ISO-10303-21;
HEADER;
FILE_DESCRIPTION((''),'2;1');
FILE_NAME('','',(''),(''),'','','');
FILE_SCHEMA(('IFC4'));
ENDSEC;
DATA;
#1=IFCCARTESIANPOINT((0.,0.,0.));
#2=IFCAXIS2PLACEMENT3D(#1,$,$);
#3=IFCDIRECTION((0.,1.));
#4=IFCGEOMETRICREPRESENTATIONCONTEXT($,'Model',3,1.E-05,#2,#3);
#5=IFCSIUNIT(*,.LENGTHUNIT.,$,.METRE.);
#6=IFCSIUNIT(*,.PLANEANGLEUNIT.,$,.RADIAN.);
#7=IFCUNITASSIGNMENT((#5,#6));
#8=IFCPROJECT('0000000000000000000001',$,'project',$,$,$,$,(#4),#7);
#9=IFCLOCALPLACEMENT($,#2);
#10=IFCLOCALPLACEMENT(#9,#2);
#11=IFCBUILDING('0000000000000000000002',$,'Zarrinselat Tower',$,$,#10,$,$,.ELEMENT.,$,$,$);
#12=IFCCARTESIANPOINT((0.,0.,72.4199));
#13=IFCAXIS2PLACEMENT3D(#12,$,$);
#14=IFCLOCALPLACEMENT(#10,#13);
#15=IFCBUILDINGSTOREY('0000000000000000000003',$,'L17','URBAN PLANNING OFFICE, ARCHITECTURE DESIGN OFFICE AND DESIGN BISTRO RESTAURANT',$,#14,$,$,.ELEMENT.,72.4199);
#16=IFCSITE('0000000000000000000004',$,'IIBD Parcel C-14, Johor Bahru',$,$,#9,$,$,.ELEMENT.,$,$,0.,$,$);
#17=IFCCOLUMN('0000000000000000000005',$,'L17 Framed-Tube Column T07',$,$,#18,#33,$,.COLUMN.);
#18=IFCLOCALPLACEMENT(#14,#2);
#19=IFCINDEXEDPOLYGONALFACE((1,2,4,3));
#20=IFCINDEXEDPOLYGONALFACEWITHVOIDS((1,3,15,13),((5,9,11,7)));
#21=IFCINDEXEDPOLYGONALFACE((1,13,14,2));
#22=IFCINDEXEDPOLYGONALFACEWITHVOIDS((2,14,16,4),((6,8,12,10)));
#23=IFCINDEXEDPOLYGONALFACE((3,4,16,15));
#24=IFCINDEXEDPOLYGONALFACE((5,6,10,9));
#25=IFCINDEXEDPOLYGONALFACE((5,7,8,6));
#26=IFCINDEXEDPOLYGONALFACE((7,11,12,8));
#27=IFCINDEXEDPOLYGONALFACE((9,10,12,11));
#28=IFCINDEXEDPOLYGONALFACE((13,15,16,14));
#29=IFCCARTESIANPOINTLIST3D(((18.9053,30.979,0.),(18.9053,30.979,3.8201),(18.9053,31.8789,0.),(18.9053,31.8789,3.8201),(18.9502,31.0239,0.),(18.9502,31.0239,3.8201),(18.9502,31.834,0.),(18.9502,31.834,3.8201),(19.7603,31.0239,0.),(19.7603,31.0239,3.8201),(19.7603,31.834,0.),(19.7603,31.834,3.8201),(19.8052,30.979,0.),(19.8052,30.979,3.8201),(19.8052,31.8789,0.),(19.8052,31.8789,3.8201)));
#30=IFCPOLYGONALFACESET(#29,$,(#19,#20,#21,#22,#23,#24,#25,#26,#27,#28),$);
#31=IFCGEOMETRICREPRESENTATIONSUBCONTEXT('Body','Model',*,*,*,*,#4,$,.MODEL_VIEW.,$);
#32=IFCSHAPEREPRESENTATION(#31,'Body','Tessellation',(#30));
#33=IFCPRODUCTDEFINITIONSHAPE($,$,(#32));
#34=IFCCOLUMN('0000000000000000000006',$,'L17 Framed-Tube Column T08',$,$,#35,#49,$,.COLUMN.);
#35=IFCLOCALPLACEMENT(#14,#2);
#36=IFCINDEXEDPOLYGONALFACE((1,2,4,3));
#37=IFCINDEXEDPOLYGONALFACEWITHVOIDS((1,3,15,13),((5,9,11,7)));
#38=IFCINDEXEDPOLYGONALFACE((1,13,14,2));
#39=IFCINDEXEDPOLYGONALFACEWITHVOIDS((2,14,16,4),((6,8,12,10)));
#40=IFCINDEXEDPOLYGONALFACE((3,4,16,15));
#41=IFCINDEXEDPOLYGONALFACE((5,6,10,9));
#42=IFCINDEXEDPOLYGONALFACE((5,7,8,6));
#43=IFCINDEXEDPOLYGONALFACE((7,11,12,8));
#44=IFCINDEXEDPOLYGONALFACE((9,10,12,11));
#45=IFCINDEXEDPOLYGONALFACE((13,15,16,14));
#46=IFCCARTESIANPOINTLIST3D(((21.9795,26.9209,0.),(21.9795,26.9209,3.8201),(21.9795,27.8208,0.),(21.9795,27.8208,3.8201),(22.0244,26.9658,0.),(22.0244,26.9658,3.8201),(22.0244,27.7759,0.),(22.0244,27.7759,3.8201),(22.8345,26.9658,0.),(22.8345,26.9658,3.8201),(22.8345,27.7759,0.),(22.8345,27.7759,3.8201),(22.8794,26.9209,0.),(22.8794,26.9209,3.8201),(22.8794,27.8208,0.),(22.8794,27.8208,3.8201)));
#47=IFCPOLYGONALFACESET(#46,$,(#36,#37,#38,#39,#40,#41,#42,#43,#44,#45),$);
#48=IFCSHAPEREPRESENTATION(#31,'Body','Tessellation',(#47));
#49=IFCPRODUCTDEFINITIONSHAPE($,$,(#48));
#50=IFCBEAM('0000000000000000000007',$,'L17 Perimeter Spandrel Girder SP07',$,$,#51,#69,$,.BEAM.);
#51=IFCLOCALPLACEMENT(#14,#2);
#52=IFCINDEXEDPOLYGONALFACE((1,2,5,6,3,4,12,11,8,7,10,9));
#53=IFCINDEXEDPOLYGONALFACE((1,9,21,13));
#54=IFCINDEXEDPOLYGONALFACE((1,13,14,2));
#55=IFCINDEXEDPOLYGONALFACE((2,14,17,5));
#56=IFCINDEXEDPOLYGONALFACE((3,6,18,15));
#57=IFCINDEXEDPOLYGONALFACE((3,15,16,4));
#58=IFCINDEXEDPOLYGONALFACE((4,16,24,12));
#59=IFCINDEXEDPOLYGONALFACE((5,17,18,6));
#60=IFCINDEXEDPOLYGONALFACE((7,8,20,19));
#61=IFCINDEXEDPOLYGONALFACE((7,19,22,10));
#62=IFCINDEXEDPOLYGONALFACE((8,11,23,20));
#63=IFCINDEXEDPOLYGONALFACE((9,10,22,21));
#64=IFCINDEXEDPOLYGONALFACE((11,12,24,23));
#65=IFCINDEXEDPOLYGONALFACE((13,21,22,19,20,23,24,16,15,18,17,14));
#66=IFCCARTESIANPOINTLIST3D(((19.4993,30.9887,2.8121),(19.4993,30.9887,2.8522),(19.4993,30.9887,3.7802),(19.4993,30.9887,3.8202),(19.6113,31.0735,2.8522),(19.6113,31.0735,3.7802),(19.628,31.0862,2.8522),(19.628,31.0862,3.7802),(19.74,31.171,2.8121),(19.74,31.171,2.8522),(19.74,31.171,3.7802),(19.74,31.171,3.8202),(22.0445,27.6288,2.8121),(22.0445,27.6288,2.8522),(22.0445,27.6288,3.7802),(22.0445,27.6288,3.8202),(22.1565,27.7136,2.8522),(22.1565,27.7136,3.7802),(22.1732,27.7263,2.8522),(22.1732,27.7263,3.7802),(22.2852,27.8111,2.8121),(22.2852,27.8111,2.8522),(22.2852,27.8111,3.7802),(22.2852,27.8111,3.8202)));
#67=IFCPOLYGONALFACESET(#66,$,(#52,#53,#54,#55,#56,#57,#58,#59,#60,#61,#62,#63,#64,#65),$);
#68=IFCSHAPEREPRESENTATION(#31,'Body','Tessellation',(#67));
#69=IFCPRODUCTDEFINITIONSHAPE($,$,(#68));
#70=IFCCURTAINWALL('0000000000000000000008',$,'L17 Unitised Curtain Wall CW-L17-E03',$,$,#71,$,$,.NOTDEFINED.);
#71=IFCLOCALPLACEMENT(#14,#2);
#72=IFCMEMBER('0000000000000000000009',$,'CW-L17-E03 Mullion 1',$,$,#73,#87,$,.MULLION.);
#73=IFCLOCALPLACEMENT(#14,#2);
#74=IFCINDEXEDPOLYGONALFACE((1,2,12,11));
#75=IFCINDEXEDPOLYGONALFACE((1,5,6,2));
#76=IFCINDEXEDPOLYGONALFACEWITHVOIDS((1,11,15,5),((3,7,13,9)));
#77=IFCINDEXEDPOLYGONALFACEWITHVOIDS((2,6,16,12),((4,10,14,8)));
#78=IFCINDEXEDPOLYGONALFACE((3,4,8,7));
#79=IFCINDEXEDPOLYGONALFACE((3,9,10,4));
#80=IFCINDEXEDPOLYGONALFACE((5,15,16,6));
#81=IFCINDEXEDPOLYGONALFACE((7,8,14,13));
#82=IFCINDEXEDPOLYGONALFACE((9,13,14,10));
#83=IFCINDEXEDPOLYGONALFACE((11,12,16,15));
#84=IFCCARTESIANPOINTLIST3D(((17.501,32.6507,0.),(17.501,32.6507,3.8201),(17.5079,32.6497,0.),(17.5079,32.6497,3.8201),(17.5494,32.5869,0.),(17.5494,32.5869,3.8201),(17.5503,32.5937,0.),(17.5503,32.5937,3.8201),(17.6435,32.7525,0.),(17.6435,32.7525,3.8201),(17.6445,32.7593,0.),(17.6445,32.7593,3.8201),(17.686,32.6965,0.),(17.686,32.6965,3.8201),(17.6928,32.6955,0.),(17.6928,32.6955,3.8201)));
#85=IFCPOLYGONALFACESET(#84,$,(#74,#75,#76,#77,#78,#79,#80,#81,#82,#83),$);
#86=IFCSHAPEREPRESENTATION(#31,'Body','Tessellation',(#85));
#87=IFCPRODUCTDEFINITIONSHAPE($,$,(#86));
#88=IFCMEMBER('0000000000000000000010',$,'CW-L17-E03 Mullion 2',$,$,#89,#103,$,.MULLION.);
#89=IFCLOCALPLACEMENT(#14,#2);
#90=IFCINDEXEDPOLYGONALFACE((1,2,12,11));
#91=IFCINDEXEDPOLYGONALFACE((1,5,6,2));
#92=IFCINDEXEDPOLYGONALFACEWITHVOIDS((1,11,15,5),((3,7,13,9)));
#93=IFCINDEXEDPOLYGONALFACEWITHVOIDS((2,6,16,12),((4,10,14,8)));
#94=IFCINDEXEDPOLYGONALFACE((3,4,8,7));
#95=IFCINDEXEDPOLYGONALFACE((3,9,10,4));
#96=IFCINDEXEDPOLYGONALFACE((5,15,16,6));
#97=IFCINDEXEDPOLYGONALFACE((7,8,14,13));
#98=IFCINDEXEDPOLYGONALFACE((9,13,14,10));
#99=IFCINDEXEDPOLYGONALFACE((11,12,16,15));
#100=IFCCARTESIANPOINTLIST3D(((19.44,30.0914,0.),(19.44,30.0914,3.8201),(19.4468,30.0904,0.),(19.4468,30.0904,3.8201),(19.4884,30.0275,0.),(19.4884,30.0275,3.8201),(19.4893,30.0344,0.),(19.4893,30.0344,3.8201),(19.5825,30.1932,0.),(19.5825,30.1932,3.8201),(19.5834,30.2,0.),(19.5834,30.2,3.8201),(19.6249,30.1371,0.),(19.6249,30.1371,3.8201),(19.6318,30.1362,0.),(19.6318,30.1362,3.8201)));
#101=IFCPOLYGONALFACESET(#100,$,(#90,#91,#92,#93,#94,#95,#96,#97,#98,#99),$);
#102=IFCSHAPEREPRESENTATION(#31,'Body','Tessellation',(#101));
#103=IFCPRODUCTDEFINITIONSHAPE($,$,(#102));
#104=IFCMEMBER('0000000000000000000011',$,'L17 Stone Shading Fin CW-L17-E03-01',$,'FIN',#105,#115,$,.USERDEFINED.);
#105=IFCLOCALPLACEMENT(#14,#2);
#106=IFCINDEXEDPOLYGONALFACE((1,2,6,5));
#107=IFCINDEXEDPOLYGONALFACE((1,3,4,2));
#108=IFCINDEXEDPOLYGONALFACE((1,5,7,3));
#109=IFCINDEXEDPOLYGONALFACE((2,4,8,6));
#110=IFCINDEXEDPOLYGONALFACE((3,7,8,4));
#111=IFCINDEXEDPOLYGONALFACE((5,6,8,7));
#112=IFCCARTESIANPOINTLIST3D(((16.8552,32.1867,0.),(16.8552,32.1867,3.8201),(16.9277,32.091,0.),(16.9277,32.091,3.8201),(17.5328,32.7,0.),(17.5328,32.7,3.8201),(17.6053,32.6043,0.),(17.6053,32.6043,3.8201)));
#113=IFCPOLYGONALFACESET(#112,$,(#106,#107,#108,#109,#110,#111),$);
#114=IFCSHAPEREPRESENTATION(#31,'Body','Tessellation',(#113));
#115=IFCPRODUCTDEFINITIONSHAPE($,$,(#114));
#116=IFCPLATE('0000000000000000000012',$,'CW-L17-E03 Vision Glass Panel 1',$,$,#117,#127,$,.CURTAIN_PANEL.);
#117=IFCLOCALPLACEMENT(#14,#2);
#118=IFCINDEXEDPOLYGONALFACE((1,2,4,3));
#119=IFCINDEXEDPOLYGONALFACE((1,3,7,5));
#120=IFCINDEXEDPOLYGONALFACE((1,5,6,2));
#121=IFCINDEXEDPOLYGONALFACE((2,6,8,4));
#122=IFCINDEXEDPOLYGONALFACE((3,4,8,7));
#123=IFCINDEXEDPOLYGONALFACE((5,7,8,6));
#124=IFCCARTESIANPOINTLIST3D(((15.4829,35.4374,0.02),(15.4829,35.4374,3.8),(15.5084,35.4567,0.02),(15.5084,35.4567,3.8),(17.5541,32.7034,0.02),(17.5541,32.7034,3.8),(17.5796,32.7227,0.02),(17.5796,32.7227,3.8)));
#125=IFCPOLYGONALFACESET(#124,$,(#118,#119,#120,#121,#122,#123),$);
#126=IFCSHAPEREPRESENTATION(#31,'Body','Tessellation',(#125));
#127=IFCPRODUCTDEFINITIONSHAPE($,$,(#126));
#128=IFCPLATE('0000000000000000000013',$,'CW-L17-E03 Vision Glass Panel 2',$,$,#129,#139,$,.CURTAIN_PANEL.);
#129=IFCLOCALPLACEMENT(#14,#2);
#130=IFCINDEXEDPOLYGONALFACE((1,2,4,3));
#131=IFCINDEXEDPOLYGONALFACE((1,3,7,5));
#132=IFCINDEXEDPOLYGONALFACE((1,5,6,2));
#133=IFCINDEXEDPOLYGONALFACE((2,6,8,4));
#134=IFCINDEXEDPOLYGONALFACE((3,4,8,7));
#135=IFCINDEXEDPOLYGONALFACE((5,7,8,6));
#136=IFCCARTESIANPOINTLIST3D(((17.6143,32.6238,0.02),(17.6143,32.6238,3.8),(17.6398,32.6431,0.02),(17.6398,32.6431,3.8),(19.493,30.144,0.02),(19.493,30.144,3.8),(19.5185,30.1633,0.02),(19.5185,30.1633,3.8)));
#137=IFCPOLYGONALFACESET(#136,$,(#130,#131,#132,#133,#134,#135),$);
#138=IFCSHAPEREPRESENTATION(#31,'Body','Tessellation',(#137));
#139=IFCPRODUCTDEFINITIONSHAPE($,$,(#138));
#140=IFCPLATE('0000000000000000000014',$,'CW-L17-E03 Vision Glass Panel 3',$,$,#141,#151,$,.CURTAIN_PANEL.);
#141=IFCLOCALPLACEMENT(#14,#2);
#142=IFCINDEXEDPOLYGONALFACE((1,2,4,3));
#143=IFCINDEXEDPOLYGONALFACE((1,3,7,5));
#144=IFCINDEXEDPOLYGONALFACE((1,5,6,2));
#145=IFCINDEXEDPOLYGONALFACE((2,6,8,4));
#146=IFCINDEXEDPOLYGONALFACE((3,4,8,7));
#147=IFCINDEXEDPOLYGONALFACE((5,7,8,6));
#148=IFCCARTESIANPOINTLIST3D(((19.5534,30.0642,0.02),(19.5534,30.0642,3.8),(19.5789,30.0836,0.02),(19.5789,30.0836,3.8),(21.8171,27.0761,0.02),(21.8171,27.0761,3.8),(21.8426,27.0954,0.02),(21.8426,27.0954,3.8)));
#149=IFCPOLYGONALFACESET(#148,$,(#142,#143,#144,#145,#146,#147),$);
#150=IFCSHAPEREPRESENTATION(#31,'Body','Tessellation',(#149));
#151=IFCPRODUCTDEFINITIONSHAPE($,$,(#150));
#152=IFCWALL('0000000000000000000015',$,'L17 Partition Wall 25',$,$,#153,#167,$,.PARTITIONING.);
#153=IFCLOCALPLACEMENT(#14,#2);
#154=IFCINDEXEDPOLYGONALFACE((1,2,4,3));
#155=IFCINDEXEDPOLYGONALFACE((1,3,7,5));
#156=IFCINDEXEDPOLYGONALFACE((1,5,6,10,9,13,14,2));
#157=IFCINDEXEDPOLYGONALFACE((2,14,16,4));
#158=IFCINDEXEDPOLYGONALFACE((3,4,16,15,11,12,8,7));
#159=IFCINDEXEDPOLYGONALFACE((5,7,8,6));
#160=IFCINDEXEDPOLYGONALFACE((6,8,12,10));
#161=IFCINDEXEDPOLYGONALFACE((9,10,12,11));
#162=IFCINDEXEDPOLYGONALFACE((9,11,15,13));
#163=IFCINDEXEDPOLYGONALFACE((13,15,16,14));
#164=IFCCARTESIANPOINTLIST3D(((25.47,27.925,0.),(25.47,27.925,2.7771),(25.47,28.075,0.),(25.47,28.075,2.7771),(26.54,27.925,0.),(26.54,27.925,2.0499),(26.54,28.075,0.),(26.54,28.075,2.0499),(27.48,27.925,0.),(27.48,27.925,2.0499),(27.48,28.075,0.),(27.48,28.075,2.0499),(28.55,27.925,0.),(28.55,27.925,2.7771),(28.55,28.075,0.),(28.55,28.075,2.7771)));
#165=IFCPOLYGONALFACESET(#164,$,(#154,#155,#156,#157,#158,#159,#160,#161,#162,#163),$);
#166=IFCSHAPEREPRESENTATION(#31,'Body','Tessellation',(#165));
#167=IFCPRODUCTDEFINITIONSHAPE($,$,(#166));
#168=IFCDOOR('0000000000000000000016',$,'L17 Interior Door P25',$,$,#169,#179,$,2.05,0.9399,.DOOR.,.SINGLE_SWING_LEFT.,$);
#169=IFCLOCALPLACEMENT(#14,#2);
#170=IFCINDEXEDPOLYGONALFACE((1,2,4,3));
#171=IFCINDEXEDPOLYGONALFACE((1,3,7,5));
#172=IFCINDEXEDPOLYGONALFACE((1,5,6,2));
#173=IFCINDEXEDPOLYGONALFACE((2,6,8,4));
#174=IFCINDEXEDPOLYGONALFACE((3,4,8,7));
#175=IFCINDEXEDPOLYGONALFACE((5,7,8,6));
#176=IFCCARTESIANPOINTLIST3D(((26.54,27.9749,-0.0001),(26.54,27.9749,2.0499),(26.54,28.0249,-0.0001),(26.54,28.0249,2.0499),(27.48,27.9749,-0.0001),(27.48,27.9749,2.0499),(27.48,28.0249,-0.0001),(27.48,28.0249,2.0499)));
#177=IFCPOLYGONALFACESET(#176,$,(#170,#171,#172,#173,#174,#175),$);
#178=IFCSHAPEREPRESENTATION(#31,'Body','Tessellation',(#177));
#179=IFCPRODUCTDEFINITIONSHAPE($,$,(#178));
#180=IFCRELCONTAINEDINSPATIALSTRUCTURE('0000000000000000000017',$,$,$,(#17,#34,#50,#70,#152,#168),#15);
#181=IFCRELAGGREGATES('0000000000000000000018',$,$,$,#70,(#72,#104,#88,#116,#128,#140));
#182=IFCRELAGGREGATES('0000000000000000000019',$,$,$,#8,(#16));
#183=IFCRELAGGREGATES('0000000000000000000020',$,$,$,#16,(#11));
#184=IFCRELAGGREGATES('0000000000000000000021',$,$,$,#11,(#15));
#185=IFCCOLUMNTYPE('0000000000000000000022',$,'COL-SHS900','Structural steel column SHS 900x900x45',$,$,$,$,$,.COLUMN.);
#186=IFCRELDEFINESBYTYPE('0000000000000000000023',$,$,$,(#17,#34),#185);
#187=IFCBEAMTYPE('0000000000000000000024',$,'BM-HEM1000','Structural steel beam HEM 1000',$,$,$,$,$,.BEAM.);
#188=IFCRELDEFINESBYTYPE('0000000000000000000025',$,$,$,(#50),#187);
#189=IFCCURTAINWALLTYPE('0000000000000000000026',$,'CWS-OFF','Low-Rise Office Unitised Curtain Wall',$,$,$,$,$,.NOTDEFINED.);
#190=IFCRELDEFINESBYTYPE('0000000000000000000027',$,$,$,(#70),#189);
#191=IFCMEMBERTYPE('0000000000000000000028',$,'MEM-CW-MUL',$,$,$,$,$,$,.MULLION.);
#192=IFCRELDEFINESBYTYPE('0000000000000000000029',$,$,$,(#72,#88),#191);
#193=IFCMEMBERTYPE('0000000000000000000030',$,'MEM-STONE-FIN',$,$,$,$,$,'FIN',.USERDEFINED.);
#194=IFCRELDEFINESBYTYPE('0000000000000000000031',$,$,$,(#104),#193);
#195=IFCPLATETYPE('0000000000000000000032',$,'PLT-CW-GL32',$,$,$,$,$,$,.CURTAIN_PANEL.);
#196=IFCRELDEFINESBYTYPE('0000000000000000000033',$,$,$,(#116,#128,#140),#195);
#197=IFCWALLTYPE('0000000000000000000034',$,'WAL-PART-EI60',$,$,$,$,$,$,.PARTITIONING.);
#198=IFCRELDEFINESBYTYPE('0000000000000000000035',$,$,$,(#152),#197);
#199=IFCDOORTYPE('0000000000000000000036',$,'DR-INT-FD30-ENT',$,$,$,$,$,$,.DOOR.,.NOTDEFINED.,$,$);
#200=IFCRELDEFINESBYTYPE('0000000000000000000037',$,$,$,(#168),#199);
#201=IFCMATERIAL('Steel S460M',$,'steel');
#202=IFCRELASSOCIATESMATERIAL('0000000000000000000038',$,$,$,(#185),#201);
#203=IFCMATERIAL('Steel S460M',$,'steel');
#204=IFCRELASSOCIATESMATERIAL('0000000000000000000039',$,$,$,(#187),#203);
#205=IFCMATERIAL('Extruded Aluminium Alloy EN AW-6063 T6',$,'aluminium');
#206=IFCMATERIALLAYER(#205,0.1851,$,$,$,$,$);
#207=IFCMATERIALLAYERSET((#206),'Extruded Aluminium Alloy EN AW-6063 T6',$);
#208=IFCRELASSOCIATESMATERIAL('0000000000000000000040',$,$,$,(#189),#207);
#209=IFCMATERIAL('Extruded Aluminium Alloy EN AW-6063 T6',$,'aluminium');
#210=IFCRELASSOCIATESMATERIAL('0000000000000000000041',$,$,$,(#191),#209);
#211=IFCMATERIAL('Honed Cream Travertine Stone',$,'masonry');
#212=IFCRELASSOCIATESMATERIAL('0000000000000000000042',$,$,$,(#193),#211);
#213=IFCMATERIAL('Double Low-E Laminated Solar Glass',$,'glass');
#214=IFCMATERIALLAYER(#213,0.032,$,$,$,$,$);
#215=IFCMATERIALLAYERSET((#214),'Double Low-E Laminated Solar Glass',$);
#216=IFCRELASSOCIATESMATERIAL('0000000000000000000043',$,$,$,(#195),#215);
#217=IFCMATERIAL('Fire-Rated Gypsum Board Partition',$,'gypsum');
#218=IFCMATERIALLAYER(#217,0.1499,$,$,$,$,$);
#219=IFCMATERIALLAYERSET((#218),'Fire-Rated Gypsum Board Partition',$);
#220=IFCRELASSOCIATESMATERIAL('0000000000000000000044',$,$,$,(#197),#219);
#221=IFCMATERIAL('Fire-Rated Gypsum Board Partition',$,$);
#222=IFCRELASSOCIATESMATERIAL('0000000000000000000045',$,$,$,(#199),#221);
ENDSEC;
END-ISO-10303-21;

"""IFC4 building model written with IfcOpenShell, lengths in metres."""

from ifc_helpers import new_model, si_unit, direction, frame, frame_2d, origin, origin_2d, place, context, subcontext, project, spatial, rectangle, hollow_rectangle, i_section, extrude, material, layer, layer_set, material_profile, profile_set, type_object, element, fill, aggregate, save


model = new_model("IFC4")

# Units and contexts
model_context = context("Model", 3, precision=1e-05, world=origin(), true_north=direction((0.0, 1.0)))
body_context = subcontext(model_context, "Body", "Model", "MODEL_VIEW")
ifc_project = project(units=[si_unit("LENGTHUNIT", "METRE"), si_unit("PLANEANGLEUNIT", "RADIAN")], contexts=[model_context])

# Site, building, storey
site_placement = place(None, origin())
site = spatial("IfcSite", under=ifc_project, at=site_placement, Name="IIBD Parcel C-14, Johor Bahru", CompositionType="ELEMENT", RefElevation=0.0)
building_placement = place(site_placement, origin())
building = spatial("IfcBuilding", under=site, at=building_placement, Name="Zarrinselat Tower", CompositionType="ELEMENT")
storey_placement = place(building_placement, frame((0.0, 0.0, 72.4199)))
storey = spatial("IfcBuildingStorey", under=building, at=storey_placement, Name="L17", Description="URBAN PLANNING OFFICE, ARCHITECTURE DESIGN OFFICE AND DESIGN BISTRO RESTAURANT", CompositionType="ELEMENT", Elevation=72.4199)

# Columns
ifc_material_1 = material(Name="Steel S460M", Category="steel")
ifc_material_profile_1 = material_profile(ifc_material_1, hollow_rectangle(XDim=0.8999, YDim=0.8999, WallThickness=0.0449, at=origin_2d()), Name="SHS 900x900x45")
ifc_profile_set_1 = profile_set([ifc_material_profile_1], Name="Steel S460M")
column_type = type_object("IfcColumnType", Name="COL-SHS900", Description="Structural steel column SHS 900x900x45", PredefinedType="COLUMN", material=ifc_profile_set_1)
for number, where, z_axis, x_axis, name in (
    (1, (19.3552, 31.429, 0.0), (0.0, 0.0, 1.0), (1.0, 0.0, 0.0), "L17 Framed-Tube Column T07"),
    (2, (22.4294, 27.3708, 0.0), (0.0, 0.0, 1.0), (1.0, 0.0, 0.0), "L17 Framed-Tube Column T08"),
):
    element("IfcColumn", number, at=place(storey_placement, frame(where, z_axis=z_axis, x_axis=x_axis)), inside=storey, type_object=column_type, Name=name, PredefinedType="COLUMN", context=body_context, shape_type="SweptSolid", body=[
        extrude(hollow_rectangle(XDim=0.8999, YDim=0.8999, WallThickness=0.0449, at=origin_2d()), origin(), (0.0, 0.0, 1.0), 3.8201),
    ])

# Beam
ifc_material_2 = material(Name="Steel S460M", Category="steel")
ifc_material_profile_2 = material_profile(ifc_material_2, i_section(OverallWidth=0.302, OverallDepth=1.0081, WebThickness=0.021, FlangeThickness=0.04, at=origin_2d()), Name="HEM 1000")
ifc_profile_set_2 = profile_set([ifc_material_profile_2], Name="Steel S460M")
beam_type = type_object("IfcBeamType", Name="BM-HEM1000", Description="Structural steel beam HEM 1000", PredefinedType="BEAM", material=ifc_profile_set_2)
beam_placement = place(storey_placement, frame((19.6196, 31.0798, 3.3162), z_axis=(0.60383, -0.797113, 0.0), x_axis=(0.797113, 0.60383, 0.0)))
element("IfcBeam", 3, at=beam_placement, inside=storey, type_object=beam_type, Name="L17 Perimeter Spandrel Girder SP07", PredefinedType="BEAM", context=body_context, shape_type="SweptSolid", body=[
    extrude(i_section(OverallWidth=0.302, OverallDepth=1.0081, WebThickness=0.021, FlangeThickness=0.04, at=origin_2d()), origin(), (0.0, 0.0, 1.0), 4.2151),
])

# Curtain wall, members, plates
ifc_material_3 = material(Name="Extruded Aluminium Alloy EN AW-6063 T6", Category="aluminium")
ifc_layer_1 = layer(ifc_material_3, 0.1851)
ifc_layer_set_1 = layer_set([ifc_layer_1], Name="Extruded Aluminium Alloy EN AW-6063 T6")
curtain_wall_type = type_object("IfcCurtainWallType", Name="CWS-OFF", Description="Low-Rise Office Unitised Curtain Wall", PredefinedType="NOTDEFINED", material=ifc_layer_set_1)
curtain_wall_placement = place(storey_placement, origin())
curtain_wall = element("IfcCurtainWall", 4, at=curtain_wall_placement, inside=storey, type_object=curtain_wall_type, Name="L17 Unitised Curtain Wall CW-L17-E03", PredefinedType="NOTDEFINED")
ifc_material_4 = material(Name="Extruded Aluminium Alloy EN AW-6063 T6", Category="aluminium")
ifc_material_profile_3 = material_profile(ifc_material_4, hollow_rectangle(XDim=0.0801, YDim=0.1799, WallThickness=0.0049, at=origin_2d()), Name="RHS 180x80x5")
ifc_profile_set_3 = profile_set([ifc_material_profile_3], Name="Extruded Aluminium Alloy EN AW-6063 T6")
member_type_1 = type_object("IfcMemberType", Name="MEM-CW-MUL", PredefinedType="MULLION", material=ifc_profile_set_3)
member_1_placement = place(storey_placement, frame((17.5969, 32.6731, 0.0), z_axis=(0.0, 0.0, 1.0), x_axis=(0.603855, -0.797094, 0.0)))
member_1 = element("IfcMember", 5, at=member_1_placement, type_object=member_type_1, Name="CW-L17-E03 Mullion 1", PredefinedType="MULLION", context=body_context, shape_type="SweptSolid", body=[
    extrude(hollow_rectangle(XDim=0.0801, YDim=0.1799, WallThickness=0.0049, at=origin_2d()), origin(), (0.0, 0.0, 1.0), 3.8201),
])
member_2_placement = place(storey_placement, frame((19.5359, 30.1138, 0.0), z_axis=(0.0, 0.0, 1.0), x_axis=(0.603855, -0.797094, 0.0)))
member_2 = element("IfcMember", 6, at=member_2_placement, type_object=member_type_1, Name="CW-L17-E03 Mullion 2", PredefinedType="MULLION", context=body_context, shape_type="SweptSolid", body=[
    extrude(hollow_rectangle(XDim=0.0801, YDim=0.1799, WallThickness=0.0049, at=origin_2d()), origin(), (0.0, 0.0, 1.0), 3.8201),
])
ifc_material_5 = material(Name="Honed Cream Travertine Stone", Category="masonry")
ifc_material_profile_4 = material_profile(ifc_material_5, rectangle(XDim=0.1201, YDim=0.8501, at=origin_2d()), Name="FIN 850x120")
ifc_profile_set_4 = profile_set([ifc_material_profile_4], Name="Honed Cream Travertine Stone")
member_type_2 = type_object("IfcMemberType", Name="MEM-STONE-FIN", ElementType="FIN", PredefinedType="USERDEFINED", material=ifc_profile_set_4)
member_3_placement = place(storey_placement, frame((17.2302, 32.3955, 0.0), z_axis=(0.0, 0.0, 1.0), x_axis=(-0.603855, 0.797094, 0.0)))
member_3 = element("IfcMember", 7, at=member_3_placement, type_object=member_type_2, Name="L17 Stone Shading Fin CW-L17-E03-01", ObjectType="FIN", PredefinedType="USERDEFINED", context=body_context, shape_type="SweptSolid", body=[
    extrude(rectangle(XDim=0.1201, YDim=0.8501, at=origin_2d()), origin(), (0.0, 0.0, 1.0), 3.8201),
])
ifc_material_6 = material(Name="Double Low-E Laminated Solar Glass", Category="glass")
ifc_layer_2 = layer(ifc_material_6, 0.032)
ifc_layer_set_2 = layer_set([ifc_layer_2], Name="Double Low-E Laminated Solar Glass")
plate_type = type_object("IfcPlateType", Name="PLT-CW-GL32", PredefinedType="CURTAIN_PANEL", material=ifc_layer_set_2)
plate_1_placement = place(storey_placement, frame((16.5312, 34.0801, 0.02), z_axis=(0.0, 0.0, 1.0), x_axis=(0.603855, -0.797094, 0.0)))
plate_1 = element("IfcPlate", 8, at=plate_1_placement, type_object=plate_type, Name="CW-L17-E03 Vision Glass Panel 1", PredefinedType="CURTAIN_PANEL", context=body_context, shape_type="SweptSolid", body=[
    extrude(rectangle(XDim=3.4299, YDim=0.032, at=origin_2d()), origin(), (0.0, 0.0, 1.0), 3.78),
])
plate_2_placement = place(storey_placement, frame((18.5664, 31.3936, 0.02), z_axis=(0.0, 0.0, 1.0), x_axis=(0.603855, -0.797094, 0.0)))
plate_2 = element("IfcPlate", 9, at=plate_2_placement, type_object=plate_type, Name="CW-L17-E03 Vision Glass Panel 2", PredefinedType="CURTAIN_PANEL", context=body_context, shape_type="SweptSolid", body=[
    extrude(rectangle(XDim=3.1111, YDim=0.032, at=origin_2d()), origin(), (0.0, 0.0, 1.0), 3.78),
])
plate_3_placement = place(storey_placement, frame((20.698, 28.5798, 0.02), z_axis=(0.0, 0.0, 1.0), x_axis=(0.603855, -0.797094, 0.0)))
plate_3 = element("IfcPlate", 10, at=plate_3_placement, type_object=plate_type, Name="CW-L17-E03 Vision Glass Panel 3", PredefinedType="CURTAIN_PANEL", context=body_context, shape_type="SweptSolid", body=[
    extrude(rectangle(XDim=3.7488, YDim=0.032, at=origin_2d()), origin(), (0.0, 0.0, 1.0), 3.78),
])
aggregate(curtain_wall, [member_1, member_3, member_2, plate_1, plate_2, plate_3])

# Wall, opening, door
ifc_material_7 = material(Name="Fire-Rated Gypsum Board Partition", Category="gypsum")
ifc_layer_3 = layer(ifc_material_7, 0.1499)
ifc_layer_set_3 = layer_set([ifc_layer_3], Name="Fire-Rated Gypsum Board Partition")
wall_type_1 = type_object("IfcWallType", Name="WAL-PART-EI60", PredefinedType="PARTITIONING", material=ifc_layer_set_3)
wall_1_placement = place(storey_placement, frame((25.47, 28.0, 0.0), z_axis=(0.0, 0.0, 1.0), x_axis=(1.0, 0.0, 0.0)))
wall_1 = element("IfcWall", 11, at=wall_1_placement, inside=storey, type_object=wall_type_1, Name="L17 Partition Wall 25", PredefinedType="PARTITIONING", context=body_context, shape_type="SweptSolid", body=[
    extrude(rectangle(XDim=3.0801, YDim=0.1499, at=frame_2d((1.54, 0.0))), origin(), (0.0, 0.0, 1.0), 2.7771),
])
opening_1_placement = place(wall_1_placement, frame((1.0701, 0.0, 0.0)))
opening_1 = element("IfcOpeningElement", 12, at=opening_1_placement, cuts=wall_1, PredefinedType="OPENING", context=body_context, shape_type="SweptSolid", body=[
    extrude(rectangle(XDim=0.9399, YDim=2.05, at=frame_2d((0.47, 1.0249))), frame((0.0, 0.085, 0.0), z_axis=(0.0, -1.0, 0.0), x_axis=(1.0, 0.0, 0.0)), (0.0, 0.0, 1.0), 0.1699),
])
ifc_material_8 = material(Name="Fire-Rated Gypsum Board Partition")
door_type_1 = type_object("IfcDoorType", Name="DR-INT-FD30-ENT", OperationType="NOTDEFINED", PredefinedType="DOOR", material=ifc_material_8)
door_1_placement = place(opening_1_placement, origin())
door_1 = element("IfcDoor", 13, at=door_1_placement, inside=storey, type_object=door_type_1, Name="L17 Interior Door P25", OperationType="SINGLE_SWING_LEFT", OverallHeight=2.05, OverallWidth=0.9399, PredefinedType="DOOR", context=body_context, shape_type="SweptSolid", body=[
    extrude(rectangle(XDim=0.9399, YDim=2.05, at=frame_2d((0.47, 1.0249))), frame((0.0, 0.0249, 0.0), z_axis=(0.0, -1.0, 0.0), x_axis=(1.0, 0.0, 0.0)), (0.0, 0.0, 1.0), 0.05),
])
fill(opening_1, door_1)

save(model, "model.ifc")
